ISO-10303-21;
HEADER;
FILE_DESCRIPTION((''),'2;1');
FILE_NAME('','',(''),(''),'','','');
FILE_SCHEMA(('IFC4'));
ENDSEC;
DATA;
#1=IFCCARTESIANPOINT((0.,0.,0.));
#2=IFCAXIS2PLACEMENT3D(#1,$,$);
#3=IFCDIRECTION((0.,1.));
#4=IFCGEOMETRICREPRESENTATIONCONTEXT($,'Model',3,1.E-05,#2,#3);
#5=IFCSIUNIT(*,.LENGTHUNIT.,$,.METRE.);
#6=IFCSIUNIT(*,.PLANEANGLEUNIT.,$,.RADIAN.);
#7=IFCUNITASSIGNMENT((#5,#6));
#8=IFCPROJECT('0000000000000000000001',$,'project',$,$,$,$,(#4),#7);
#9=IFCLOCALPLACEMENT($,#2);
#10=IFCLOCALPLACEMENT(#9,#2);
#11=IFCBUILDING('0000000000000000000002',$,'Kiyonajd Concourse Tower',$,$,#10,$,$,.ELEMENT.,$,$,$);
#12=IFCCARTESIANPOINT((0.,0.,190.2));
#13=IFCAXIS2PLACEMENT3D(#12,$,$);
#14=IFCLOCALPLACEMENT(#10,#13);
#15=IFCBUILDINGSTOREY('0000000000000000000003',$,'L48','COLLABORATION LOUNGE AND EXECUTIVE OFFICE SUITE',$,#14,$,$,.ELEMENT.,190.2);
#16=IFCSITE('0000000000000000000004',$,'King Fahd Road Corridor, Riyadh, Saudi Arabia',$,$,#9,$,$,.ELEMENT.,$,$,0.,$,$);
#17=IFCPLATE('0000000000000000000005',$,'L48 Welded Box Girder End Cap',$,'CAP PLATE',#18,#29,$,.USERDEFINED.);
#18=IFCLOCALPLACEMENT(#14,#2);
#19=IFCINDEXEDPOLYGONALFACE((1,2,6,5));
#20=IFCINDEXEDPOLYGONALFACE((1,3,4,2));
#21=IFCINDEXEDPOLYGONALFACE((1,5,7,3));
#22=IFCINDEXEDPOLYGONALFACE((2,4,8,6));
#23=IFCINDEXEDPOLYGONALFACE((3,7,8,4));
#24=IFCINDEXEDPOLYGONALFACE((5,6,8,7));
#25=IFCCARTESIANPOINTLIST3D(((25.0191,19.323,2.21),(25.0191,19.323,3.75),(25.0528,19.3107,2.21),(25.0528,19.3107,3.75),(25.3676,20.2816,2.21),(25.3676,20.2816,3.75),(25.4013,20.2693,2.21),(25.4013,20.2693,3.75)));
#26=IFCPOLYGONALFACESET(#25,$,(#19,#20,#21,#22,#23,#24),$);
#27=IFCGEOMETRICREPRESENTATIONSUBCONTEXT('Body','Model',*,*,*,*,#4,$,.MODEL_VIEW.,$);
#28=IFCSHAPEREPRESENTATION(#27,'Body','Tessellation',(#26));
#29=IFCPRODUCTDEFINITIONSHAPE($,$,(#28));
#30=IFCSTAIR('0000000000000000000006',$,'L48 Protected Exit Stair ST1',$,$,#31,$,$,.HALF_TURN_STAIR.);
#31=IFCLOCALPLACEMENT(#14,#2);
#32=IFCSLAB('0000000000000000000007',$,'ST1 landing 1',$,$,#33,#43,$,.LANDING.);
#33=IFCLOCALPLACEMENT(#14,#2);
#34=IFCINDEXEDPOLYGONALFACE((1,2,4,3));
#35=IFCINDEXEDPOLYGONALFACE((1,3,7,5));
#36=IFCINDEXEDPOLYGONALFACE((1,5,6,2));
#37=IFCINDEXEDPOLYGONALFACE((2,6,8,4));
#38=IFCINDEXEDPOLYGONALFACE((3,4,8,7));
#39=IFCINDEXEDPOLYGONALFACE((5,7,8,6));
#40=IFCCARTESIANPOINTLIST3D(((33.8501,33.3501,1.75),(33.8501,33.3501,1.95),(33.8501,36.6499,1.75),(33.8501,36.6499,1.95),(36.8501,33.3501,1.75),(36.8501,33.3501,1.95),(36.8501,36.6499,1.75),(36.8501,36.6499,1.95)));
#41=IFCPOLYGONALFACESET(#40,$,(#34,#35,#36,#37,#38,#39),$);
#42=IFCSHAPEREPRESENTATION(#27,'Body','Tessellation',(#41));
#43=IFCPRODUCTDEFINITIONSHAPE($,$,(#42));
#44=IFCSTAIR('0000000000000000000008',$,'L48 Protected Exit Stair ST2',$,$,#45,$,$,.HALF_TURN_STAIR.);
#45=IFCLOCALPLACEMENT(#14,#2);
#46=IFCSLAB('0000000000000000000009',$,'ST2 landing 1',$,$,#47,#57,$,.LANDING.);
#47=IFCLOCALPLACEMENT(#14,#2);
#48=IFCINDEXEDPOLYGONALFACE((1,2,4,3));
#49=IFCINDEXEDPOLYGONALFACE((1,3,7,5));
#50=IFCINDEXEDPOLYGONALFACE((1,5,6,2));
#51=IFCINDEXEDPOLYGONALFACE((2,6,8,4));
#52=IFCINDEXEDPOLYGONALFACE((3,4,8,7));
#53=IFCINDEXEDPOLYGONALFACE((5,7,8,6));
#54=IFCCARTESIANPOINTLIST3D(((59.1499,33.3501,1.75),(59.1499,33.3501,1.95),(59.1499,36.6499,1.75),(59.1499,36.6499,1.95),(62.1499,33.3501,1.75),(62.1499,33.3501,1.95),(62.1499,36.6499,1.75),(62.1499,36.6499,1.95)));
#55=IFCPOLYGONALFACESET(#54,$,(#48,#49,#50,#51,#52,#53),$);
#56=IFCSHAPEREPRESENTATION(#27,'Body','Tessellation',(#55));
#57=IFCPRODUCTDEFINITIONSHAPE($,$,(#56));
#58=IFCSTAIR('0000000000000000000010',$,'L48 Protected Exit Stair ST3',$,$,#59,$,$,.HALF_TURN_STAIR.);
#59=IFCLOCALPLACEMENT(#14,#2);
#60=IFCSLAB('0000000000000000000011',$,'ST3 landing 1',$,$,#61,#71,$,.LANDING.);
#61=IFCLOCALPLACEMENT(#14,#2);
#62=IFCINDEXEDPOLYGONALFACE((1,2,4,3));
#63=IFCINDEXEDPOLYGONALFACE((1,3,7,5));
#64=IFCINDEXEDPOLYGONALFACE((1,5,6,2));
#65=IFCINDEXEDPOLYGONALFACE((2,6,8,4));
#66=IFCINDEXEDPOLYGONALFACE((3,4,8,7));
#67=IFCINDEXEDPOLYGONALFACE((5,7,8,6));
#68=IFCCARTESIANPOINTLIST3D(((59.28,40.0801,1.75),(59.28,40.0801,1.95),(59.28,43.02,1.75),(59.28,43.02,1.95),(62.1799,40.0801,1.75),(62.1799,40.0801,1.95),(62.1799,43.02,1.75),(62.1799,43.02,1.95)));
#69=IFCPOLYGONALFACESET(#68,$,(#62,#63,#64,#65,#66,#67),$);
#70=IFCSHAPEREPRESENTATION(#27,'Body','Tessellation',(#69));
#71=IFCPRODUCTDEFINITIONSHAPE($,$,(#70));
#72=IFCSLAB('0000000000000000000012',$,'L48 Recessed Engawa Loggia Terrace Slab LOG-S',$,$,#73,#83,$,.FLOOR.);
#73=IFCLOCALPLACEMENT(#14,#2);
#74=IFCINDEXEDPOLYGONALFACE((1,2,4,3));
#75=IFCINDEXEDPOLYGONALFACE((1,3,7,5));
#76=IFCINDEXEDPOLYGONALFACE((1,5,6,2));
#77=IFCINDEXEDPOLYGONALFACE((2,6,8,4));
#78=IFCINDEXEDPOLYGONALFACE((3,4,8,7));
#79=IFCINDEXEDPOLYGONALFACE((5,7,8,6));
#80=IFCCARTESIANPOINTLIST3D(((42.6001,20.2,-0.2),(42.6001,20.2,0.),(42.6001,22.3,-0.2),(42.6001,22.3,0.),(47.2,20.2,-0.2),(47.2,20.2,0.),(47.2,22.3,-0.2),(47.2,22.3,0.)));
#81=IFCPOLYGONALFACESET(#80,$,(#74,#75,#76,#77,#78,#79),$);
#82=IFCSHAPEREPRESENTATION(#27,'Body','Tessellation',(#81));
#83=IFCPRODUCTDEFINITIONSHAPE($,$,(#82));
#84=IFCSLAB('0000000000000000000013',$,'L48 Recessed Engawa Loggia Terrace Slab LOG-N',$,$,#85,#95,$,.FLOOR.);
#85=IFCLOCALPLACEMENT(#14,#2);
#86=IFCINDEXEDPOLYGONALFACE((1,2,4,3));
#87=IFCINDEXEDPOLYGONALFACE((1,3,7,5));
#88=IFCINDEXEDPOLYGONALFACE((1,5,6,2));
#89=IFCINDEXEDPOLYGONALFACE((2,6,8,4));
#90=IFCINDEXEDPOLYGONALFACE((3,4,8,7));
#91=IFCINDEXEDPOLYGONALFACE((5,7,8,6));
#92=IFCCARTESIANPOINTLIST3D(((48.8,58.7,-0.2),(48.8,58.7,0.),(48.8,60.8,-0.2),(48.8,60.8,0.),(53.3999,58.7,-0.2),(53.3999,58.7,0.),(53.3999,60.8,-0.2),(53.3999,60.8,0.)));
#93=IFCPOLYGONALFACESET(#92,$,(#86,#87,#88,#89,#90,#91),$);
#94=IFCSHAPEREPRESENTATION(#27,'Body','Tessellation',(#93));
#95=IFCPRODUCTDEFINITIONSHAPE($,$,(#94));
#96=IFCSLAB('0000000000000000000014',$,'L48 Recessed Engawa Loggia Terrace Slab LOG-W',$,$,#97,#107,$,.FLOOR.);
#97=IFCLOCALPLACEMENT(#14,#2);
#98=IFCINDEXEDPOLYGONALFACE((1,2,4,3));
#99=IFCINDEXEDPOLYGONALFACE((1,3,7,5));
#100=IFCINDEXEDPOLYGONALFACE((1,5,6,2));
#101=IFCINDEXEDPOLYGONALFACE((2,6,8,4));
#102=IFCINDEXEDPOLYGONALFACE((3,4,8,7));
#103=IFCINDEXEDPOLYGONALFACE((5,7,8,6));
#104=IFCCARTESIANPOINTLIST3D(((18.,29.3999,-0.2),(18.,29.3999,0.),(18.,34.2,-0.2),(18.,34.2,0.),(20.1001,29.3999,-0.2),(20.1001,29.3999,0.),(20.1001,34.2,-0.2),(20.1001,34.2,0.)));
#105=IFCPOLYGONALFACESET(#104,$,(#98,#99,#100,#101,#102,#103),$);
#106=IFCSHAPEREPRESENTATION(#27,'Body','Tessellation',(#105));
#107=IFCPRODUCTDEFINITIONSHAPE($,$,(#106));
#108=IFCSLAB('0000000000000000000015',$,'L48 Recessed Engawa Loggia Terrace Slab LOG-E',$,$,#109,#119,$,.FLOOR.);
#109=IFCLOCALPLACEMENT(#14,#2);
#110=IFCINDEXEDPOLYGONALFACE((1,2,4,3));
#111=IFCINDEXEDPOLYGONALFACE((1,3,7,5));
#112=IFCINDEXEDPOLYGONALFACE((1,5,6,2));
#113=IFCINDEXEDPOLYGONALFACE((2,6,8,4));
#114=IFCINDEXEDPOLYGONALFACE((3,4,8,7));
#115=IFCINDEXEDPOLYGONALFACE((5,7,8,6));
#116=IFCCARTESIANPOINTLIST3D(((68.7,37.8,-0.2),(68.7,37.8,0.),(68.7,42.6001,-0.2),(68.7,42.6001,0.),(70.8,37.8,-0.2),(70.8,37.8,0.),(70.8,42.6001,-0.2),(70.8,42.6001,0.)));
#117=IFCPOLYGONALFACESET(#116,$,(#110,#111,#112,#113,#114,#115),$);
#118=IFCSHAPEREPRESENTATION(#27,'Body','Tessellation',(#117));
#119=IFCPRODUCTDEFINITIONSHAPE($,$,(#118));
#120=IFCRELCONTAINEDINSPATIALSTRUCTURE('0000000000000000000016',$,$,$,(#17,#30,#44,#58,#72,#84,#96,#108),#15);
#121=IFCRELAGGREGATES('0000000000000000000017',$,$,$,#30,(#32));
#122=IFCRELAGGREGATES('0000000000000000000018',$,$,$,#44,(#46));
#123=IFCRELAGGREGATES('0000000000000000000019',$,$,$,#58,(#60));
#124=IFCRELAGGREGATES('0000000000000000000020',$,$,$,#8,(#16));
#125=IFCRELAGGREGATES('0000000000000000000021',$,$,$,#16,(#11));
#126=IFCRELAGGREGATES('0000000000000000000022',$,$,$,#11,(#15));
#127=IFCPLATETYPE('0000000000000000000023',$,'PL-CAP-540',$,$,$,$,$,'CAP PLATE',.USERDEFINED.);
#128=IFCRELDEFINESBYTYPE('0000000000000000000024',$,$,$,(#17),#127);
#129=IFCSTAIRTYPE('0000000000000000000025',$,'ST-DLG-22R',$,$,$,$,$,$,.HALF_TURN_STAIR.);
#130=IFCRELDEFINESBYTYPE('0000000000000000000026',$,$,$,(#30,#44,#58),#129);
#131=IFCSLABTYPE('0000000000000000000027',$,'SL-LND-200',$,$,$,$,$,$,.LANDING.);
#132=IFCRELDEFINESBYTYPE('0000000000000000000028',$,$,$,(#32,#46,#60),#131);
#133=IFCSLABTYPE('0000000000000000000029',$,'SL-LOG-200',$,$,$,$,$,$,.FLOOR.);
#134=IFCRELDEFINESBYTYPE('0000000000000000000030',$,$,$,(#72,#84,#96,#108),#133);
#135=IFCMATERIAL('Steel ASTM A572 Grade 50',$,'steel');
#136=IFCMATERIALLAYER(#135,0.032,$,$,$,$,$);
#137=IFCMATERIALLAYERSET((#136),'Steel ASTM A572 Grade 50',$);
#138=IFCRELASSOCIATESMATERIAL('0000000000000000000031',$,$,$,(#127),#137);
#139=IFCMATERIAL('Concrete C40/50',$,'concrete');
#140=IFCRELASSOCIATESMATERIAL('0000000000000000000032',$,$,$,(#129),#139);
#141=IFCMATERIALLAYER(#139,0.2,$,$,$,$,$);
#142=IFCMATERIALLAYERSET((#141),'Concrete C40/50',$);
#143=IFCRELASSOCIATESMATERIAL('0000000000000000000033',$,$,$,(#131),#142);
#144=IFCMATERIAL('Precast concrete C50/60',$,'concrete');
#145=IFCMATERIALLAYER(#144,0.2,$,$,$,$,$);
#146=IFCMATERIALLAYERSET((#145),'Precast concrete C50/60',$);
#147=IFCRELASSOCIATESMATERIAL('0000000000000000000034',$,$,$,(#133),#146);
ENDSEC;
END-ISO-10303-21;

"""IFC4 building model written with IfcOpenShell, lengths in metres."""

from ifc_helpers import new_model, si_unit, direction, frame, origin, origin_2d, place, context, subcontext, project, spatial, polyline, rectangle, outline, extrude, material, layer, layer_set, type_object, element, aggregate, save


model = new_model("IFC4")

# Units and contexts
model_context = context("Model", 3, precision=1e-05, world=origin(), true_north=direction((0.0, 1.0)))
body_context = subcontext(model_context, "Body", "Model", "MODEL_VIEW")
ifc_project = project(units=[si_unit("LENGTHUNIT", "METRE"), si_unit("PLANEANGLEUNIT", "RADIAN")], contexts=[model_context])

# Site, building, storey
site_placement = place(None, origin())
site = spatial("IfcSite", under=ifc_project, at=site_placement, Name="King Fahd Road Corridor, Riyadh, Saudi Arabia", CompositionType="ELEMENT", RefElevation=0.0)
building_placement = place(site_placement, origin())
building = spatial("IfcBuilding", under=site, at=building_placement, Name="Kiyonajd Concourse Tower", CompositionType="ELEMENT")
storey_placement = place(building_placement, frame((0.0, 0.0, 190.2)))
storey = spatial("IfcBuildingStorey", under=building, at=storey_placement, Name="L48", Description="COLLABORATION LOUNGE AND EXECUTIVE OFFICE SUITE", CompositionType="ELEMENT", Elevation=190.2)

# Shared definitions
ifc_material_1 = material(Name="Steel ASTM A572 Grade 50", Category="steel")

# Plate
ifc_layer_1 = layer(ifc_material_1, 0.032)
ifc_layer_set_1 = layer_set([ifc_layer_1], Name="Steel ASTM A572 Grade 50")
plate_type_1 = type_object("IfcPlateType", Name="PL-CAP-540", ElementType="CAP PLATE", PredefinedType="USERDEFINED", material=ifc_layer_set_1)
for number, where, z_axis, x_axis, name in (
    (1, (25.2102, 19.7961, 2.21), (0.0, 0.0, 1.0), (0.939812, -0.341692, 0.0), "L48 Welded Box Girder End Cap"),
):
    element("IfcPlate", number, at=place(storey_placement, frame(where, z_axis=z_axis, x_axis=x_axis)), inside=storey, type_object=plate_type_1, Name=name, ObjectType="CAP PLATE", PredefinedType="USERDEFINED", context=body_context, shape_type="SweptSolid", body=[
        extrude(rectangle(XDim=0.0359, YDim=1.02, at=origin_2d()), origin(), (0.0, 0.0, 1.0), 1.54),
    ])

# Stairs, slabs
ifc_material_2 = material(Name="Concrete C40/50", Category="concrete")
stair_type = type_object("IfcStairType", Name="ST-DLG-22R", PredefinedType="HALF_TURN_STAIR", material=ifc_material_2)
stair_1_placement = place(storey_placement, origin())
stair_1 = element("IfcStair", 2, at=stair_1_placement, inside=storey, type_object=stair_type, Name="L48 Protected Exit Stair ST1", PredefinedType="HALF_TURN_STAIR")
ifc_layer_2 = layer(ifc_material_2, 0.2)
ifc_layer_set_2 = layer_set([ifc_layer_2], Name="Concrete C40/50")
slab_type_1 = type_object("IfcSlabType", Name="SL-LND-200", PredefinedType="LANDING", material=ifc_layer_set_2)
slab_1_placement = place(storey_placement, frame((0.0, 0.0, 1.75)))
slab_1 = element("IfcSlab", 3, at=slab_1_placement, type_object=slab_type_1, Name="ST1 landing 1", PredefinedType="LANDING", context=body_context, shape_type="SweptSolid", body=[
    extrude(outline(polyline([(36.8501, 33.3501), (36.8501, 36.6499), (33.8501, 36.6499), (33.8501, 33.3501), (36.8501, 33.3501)])), origin(), (0.0, 0.0, 1.0), 0.2),
])
aggregate(stair_1, [slab_1])
stair_2_placement = place(storey_placement, origin())
stair_2 = element("IfcStair", 4, at=stair_2_placement, inside=storey, type_object=stair_type, Name="L48 Protected Exit Stair ST2", PredefinedType="HALF_TURN_STAIR")
slab_2_placement = place(storey_placement, frame((0.0, 0.0, 1.75)))
slab_2 = element("IfcSlab", 5, at=slab_2_placement, type_object=slab_type_1, Name="ST2 landing 1", PredefinedType="LANDING", context=body_context, shape_type="SweptSolid", body=[
    extrude(outline(polyline([(62.1499, 33.3501), (62.1499, 36.6499), (59.1499, 36.6499), (59.1499, 33.3501), (62.1499, 33.3501)])), origin(), (0.0, 0.0, 1.0), 0.2),
])
aggregate(stair_2, [slab_2])
stair_3_placement = place(storey_placement, origin())
stair_3 = element("IfcStair", 6, at=stair_3_placement, inside=storey, type_object=stair_type, Name="L48 Protected Exit Stair ST3", PredefinedType="HALF_TURN_STAIR")
slab_3_placement = place(storey_placement, frame((0.0, 0.0, 1.75)))
slab_3 = element("IfcSlab", 7, at=slab_3_placement, type_object=slab_type_1, Name="ST3 landing 1", PredefinedType="LANDING", context=body_context, shape_type="SweptSolid", body=[
    extrude(outline(polyline([(59.28, 40.0801), (62.1799, 40.0801), (62.1799, 43.02), (59.28, 43.02), (59.28, 40.0801)])), origin(), (0.0, 0.0, 1.0), 0.2),
])
aggregate(stair_3, [slab_3])

# Slabs
ifc_material_3 = material(Name="Precast concrete C50/60", Category="concrete")
ifc_layer_3 = layer(ifc_material_3, 0.2)
ifc_layer_set_3 = layer_set([ifc_layer_3], Name="Precast concrete C50/60")
slab_type_2 = type_object("IfcSlabType", Name="SL-LOG-200", PredefinedType="FLOOR", material=ifc_layer_set_3)
slab_4_placement = place(storey_placement, frame((0.0, 0.0, -0.2)))
element("IfcSlab", 8, at=slab_4_placement, inside=storey, type_object=slab_type_2, Name="L48 Recessed Engawa Loggia Terrace Slab LOG-S", PredefinedType="FLOOR", context=body_context, shape_type="SweptSolid", body=[
    extrude(outline(polyline([(42.6001, 20.2), (47.2, 20.2), (47.2, 22.3), (42.6001, 22.3), (42.6001, 20.2)])), origin(), (0.0, 0.0, 1.0), 0.2),
])
slab_5_placement = place(storey_placement, frame((0.0, 0.0, -0.2)))
element("IfcSlab", 9, at=slab_5_placement, inside=storey, type_object=slab_type_2, Name="L48 Recessed Engawa Loggia Terrace Slab LOG-N", PredefinedType="FLOOR", context=body_context, shape_type="SweptSolid", body=[
    extrude(outline(polyline([(48.8, 58.7), (53.3999, 58.7), (53.3999, 60.8), (48.8, 60.8), (48.8, 58.7)])), origin(), (0.0, 0.0, 1.0), 0.2),
])
slab_6_placement = place(storey_placement, frame((0.0, 0.0, -0.2)))
element("IfcSlab", 10, at=slab_6_placement, inside=storey, type_object=slab_type_2, Name="L48 Recessed Engawa Loggia Terrace Slab LOG-W", PredefinedType="FLOOR", context=body_context, shape_type="SweptSolid", body=[
    extrude(outline(polyline([(18.0, 29.3999), (20.1001, 29.3999), (20.1001, 34.2), (18.0, 34.2), (18.0, 29.3999)])), origin(), (0.0, 0.0, 1.0), 0.2),
])
slab_7_placement = place(storey_placement, frame((0.0, 0.0, -0.2)))
element("IfcSlab", 11, at=slab_7_placement, inside=storey, type_object=slab_type_2, Name="L48 Recessed Engawa Loggia Terrace Slab LOG-E", PredefinedType="FLOOR", context=body_context, shape_type="SweptSolid", body=[
    extrude(outline(polyline([(68.7, 37.8), (70.8, 37.8), (70.8, 42.6001), (68.7, 42.6001), (68.7, 37.8)])), origin(), (0.0, 0.0, 1.0), 0.2),
])

save(model, "model.ifc")
